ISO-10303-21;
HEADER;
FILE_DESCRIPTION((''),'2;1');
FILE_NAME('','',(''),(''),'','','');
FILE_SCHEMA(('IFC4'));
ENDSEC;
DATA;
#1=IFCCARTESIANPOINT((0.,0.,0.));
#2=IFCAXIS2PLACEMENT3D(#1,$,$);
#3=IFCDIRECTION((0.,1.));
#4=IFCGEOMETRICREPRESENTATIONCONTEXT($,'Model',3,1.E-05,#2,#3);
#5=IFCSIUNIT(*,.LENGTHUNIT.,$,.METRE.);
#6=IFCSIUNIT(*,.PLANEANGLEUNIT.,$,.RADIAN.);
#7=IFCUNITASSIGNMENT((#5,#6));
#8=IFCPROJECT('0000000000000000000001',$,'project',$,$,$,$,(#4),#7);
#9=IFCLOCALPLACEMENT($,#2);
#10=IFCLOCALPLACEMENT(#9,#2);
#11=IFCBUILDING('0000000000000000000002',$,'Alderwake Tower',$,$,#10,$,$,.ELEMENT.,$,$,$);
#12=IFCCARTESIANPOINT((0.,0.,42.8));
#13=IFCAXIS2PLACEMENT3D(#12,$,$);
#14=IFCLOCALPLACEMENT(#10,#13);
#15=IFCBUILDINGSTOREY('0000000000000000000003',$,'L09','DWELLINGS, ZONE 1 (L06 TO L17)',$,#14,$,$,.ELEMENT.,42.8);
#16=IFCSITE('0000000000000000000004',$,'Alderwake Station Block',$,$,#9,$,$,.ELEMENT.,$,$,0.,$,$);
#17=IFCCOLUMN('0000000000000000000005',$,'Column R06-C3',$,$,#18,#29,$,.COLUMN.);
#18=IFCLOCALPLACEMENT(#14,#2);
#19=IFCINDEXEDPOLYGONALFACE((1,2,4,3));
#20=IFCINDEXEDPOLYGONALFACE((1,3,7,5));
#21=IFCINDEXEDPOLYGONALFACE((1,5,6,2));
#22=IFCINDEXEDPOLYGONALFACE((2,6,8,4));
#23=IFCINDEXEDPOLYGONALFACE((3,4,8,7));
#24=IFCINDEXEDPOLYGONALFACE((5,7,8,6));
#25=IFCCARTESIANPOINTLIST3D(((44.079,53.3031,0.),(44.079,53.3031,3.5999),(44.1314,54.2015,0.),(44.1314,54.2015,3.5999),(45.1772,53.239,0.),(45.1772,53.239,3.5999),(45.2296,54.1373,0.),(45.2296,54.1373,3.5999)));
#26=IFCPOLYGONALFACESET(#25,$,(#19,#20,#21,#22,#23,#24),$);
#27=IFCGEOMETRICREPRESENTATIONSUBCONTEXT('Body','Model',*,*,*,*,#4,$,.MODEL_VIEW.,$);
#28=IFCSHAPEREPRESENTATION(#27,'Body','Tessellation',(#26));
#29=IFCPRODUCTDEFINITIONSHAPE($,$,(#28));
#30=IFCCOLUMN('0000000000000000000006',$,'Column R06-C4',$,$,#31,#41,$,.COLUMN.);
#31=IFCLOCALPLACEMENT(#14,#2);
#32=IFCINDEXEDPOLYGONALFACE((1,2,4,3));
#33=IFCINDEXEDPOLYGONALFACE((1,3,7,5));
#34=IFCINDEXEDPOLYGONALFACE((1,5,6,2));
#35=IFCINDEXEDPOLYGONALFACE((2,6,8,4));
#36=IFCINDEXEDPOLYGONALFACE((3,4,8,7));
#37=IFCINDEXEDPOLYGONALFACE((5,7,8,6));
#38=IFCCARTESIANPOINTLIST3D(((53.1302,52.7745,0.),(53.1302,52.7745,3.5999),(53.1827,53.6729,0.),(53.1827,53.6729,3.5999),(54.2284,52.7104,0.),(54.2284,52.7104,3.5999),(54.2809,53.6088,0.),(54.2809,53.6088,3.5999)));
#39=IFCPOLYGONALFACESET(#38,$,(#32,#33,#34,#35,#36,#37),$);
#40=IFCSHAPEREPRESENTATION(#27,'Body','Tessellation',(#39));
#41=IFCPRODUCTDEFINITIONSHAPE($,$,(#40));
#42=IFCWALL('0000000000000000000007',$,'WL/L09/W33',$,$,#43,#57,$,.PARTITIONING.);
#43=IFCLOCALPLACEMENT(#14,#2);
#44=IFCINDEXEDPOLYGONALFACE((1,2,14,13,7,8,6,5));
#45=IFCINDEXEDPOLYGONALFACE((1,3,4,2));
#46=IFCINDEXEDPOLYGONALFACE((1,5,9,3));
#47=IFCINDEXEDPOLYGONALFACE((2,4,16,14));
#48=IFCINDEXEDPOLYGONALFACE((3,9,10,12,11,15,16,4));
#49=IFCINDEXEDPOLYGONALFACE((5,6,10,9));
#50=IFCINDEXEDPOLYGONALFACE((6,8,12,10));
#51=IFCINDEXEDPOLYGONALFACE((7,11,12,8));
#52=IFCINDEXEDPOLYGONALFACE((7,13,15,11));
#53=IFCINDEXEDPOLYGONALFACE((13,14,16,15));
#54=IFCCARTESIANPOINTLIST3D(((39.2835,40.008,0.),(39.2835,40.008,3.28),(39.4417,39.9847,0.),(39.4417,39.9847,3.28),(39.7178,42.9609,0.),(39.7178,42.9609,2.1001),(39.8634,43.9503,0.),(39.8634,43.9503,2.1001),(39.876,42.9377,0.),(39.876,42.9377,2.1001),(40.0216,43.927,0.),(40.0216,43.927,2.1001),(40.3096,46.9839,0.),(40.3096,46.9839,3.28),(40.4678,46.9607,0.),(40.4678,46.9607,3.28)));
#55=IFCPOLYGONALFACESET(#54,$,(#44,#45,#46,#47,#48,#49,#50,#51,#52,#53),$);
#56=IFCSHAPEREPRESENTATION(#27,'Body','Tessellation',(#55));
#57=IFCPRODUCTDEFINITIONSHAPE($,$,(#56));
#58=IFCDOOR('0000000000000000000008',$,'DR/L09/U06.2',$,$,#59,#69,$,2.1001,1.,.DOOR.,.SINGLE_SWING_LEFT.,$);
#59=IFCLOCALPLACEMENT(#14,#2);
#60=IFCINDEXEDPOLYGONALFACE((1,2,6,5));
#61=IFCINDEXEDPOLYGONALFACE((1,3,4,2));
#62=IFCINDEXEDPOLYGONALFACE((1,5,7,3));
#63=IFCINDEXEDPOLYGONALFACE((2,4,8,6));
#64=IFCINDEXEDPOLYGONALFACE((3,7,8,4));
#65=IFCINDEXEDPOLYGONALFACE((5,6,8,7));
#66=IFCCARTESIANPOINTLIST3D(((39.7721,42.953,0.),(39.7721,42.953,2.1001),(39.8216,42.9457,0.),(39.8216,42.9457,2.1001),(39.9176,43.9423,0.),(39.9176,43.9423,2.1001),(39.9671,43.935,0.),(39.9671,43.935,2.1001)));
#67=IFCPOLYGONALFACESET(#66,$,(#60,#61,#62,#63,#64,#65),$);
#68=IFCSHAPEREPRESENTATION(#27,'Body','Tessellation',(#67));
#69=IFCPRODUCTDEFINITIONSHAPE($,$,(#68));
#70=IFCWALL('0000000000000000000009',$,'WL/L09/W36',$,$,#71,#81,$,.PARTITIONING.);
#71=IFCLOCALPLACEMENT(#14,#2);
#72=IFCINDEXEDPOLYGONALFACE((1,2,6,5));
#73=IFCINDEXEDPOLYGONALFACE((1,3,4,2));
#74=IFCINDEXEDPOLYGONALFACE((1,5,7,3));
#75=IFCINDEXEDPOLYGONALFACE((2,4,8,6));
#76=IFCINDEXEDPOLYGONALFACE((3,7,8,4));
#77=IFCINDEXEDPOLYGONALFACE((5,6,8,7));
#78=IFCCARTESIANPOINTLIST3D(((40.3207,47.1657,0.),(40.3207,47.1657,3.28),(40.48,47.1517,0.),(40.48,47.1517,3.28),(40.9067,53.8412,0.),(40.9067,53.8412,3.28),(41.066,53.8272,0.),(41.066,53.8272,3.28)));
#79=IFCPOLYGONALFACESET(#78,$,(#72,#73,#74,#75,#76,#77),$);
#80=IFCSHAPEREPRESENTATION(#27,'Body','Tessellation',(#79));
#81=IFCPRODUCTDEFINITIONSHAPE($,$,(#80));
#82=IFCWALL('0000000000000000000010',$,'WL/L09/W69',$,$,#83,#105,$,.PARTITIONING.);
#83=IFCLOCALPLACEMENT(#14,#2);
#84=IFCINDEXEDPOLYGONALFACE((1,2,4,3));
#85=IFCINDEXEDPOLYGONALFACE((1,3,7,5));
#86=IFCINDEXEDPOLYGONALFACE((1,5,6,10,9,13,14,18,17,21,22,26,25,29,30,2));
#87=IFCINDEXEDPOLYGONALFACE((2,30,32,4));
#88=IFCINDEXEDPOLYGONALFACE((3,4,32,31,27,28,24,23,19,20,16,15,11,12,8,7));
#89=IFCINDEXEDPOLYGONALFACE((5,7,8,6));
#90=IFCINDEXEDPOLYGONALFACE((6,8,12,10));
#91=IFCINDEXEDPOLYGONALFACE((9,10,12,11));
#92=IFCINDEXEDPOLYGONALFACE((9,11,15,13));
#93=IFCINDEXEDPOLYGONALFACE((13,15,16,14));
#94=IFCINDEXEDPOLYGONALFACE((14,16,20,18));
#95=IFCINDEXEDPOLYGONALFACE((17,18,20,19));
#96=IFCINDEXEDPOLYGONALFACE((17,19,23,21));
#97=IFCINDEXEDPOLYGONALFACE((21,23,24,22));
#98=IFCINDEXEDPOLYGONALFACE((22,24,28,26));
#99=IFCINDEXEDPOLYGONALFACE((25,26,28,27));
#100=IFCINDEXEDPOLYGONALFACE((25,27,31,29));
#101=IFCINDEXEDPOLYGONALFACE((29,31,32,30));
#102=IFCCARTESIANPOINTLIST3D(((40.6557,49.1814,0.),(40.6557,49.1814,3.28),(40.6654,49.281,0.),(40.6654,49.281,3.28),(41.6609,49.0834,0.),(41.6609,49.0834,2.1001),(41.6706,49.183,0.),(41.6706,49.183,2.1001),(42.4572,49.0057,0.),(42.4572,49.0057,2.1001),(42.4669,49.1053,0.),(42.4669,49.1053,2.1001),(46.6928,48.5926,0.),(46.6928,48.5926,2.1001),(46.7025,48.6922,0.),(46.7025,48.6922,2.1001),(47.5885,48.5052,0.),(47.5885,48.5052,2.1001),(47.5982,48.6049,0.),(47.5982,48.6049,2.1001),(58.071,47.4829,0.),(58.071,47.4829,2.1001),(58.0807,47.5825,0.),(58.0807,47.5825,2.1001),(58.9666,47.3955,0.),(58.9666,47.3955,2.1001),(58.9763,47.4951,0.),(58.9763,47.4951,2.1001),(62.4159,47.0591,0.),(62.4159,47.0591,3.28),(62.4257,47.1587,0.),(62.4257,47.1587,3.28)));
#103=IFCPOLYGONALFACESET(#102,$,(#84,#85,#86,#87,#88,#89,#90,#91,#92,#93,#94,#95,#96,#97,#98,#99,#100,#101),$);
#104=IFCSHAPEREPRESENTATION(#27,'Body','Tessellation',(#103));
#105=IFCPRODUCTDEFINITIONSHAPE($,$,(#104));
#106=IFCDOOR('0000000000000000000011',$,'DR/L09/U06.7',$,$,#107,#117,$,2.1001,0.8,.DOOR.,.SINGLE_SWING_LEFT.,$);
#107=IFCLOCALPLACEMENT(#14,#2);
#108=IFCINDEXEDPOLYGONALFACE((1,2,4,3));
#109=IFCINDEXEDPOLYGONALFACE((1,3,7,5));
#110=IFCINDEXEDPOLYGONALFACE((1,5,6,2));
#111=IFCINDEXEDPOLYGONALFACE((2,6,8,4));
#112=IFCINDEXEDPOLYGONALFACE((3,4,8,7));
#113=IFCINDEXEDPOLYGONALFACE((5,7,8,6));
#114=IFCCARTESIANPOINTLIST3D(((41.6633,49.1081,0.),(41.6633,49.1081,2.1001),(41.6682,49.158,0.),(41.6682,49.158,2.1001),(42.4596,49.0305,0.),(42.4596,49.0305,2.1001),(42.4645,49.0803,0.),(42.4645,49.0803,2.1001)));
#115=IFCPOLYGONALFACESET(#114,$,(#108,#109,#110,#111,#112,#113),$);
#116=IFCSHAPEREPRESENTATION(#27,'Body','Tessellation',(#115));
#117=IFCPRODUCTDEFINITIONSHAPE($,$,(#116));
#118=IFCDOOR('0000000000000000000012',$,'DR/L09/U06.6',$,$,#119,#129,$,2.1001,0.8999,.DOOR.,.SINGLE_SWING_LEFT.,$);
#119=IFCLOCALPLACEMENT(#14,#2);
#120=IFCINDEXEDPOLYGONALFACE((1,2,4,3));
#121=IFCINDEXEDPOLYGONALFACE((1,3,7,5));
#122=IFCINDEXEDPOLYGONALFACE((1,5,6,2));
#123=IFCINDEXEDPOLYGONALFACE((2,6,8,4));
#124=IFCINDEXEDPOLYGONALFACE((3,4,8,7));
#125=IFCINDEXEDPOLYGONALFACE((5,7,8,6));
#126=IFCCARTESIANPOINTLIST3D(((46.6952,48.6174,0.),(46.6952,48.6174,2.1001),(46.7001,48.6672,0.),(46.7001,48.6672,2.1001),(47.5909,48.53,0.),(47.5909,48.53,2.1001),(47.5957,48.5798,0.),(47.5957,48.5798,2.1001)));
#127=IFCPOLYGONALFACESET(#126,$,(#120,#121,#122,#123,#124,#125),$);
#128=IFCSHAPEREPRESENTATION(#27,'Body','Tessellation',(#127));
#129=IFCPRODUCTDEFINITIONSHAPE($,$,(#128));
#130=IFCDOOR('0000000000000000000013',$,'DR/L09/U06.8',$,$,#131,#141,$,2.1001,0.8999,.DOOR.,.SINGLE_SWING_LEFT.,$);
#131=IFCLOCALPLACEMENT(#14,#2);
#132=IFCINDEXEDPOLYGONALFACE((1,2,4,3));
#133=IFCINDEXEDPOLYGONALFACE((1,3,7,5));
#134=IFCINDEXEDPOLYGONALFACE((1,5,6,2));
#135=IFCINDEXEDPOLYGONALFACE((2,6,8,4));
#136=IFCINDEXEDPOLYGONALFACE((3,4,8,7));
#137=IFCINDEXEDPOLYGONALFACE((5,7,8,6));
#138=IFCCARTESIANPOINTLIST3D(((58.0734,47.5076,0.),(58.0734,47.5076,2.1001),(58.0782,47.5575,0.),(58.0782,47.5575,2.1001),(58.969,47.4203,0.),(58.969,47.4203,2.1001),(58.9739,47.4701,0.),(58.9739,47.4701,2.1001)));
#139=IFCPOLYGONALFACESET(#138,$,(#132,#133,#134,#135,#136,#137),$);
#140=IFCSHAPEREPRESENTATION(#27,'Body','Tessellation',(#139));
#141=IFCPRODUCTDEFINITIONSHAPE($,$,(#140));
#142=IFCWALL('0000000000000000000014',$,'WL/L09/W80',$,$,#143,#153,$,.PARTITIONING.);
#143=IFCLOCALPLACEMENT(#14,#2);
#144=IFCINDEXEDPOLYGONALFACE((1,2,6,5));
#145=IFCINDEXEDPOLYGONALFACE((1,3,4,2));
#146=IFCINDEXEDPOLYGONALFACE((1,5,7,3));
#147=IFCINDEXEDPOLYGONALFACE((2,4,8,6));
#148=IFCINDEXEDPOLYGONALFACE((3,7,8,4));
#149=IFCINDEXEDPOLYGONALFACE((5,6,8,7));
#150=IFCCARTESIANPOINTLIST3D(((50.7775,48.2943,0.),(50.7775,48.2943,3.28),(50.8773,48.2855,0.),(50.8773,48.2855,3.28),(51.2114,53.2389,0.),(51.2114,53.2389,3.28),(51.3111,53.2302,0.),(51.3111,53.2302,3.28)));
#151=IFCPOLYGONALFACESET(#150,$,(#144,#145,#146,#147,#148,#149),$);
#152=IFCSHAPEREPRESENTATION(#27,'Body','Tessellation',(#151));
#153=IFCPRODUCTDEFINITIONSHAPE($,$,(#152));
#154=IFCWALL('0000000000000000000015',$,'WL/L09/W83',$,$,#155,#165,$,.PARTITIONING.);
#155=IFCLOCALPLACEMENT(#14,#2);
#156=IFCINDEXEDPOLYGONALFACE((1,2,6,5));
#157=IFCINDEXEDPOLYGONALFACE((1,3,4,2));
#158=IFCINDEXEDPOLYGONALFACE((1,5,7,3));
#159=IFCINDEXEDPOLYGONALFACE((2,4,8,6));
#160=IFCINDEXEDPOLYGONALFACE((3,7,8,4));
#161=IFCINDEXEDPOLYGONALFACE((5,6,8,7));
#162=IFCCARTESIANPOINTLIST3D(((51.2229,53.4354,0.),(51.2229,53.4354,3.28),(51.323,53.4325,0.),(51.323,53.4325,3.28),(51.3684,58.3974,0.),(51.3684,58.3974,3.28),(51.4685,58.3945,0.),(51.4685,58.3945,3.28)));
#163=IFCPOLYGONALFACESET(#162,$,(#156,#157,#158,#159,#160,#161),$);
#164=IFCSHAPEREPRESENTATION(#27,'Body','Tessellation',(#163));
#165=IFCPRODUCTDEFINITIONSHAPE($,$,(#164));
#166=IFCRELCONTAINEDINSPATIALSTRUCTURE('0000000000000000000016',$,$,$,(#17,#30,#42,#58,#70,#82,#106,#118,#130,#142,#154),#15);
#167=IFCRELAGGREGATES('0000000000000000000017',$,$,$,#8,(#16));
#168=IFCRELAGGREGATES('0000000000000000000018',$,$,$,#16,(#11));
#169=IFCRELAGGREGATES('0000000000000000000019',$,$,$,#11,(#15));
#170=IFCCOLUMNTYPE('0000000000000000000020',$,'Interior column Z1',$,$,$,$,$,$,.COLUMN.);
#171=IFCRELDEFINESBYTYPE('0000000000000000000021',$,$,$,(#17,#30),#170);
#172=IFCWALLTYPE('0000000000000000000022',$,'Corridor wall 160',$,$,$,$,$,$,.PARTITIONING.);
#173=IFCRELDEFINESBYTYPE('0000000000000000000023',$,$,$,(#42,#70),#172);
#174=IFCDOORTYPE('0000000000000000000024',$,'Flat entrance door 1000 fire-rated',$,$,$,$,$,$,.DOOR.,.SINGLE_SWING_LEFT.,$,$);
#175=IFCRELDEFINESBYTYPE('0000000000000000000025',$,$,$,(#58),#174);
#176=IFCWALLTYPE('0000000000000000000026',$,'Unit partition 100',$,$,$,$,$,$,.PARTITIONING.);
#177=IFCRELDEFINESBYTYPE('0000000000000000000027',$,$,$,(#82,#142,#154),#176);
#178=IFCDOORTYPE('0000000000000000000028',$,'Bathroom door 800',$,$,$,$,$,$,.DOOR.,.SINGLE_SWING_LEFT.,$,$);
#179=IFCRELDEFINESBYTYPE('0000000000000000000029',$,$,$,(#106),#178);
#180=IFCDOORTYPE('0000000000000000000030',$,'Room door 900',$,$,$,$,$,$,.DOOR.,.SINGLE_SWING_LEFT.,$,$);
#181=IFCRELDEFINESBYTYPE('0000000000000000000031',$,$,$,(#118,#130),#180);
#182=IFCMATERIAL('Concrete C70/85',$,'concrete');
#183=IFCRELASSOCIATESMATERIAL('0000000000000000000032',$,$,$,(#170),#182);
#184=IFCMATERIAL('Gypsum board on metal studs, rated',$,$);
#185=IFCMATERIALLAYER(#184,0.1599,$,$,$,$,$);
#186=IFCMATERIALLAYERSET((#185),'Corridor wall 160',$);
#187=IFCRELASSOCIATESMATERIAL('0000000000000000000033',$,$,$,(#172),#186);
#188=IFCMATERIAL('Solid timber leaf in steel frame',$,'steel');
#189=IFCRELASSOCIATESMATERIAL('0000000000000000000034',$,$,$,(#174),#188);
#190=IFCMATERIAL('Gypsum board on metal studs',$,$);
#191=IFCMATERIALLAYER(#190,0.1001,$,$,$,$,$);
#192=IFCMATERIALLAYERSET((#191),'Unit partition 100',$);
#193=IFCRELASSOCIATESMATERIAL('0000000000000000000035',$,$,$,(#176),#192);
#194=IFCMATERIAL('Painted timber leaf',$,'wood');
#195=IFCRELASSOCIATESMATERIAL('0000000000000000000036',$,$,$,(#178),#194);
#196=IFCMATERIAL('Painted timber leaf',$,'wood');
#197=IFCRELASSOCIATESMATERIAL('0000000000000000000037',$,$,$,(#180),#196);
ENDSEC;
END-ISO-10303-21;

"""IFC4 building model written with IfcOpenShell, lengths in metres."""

from ifc_helpers import new_model, si_unit, direction, frame, frame_2d, origin, origin_2d, place, context, subcontext, project, spatial, rectangle, extrude, material, layer, layer_set, material_profile, profile_set, type_object, element, fill, save


model = new_model("IFC4")

# Units and contexts
model_context = context("Model", 3, precision=1e-05, world=origin(), true_north=direction((0.0, 1.0)))
body_context = subcontext(model_context, "Body", "Model", "MODEL_VIEW")
ifc_project = project(units=[si_unit("LENGTHUNIT", "METRE"), si_unit("PLANEANGLEUNIT", "RADIAN")], contexts=[model_context])

# Site, building, storey
site_placement = place(None, origin())
site = spatial("IfcSite", under=ifc_project, at=site_placement, Name="Alderwake Station Block", CompositionType="ELEMENT", RefElevation=0.0)
building_placement = place(site_placement, origin())
building = spatial("IfcBuilding", under=site, at=building_placement, Name="Alderwake Tower", CompositionType="ELEMENT")
storey_placement = place(building_placement, frame((0.0, 0.0, 42.8)))
storey = spatial("IfcBuildingStorey", under=building, at=storey_placement, Name="L09", Description="DWELLINGS, ZONE 1 (L06 TO L17)", CompositionType="ELEMENT", Elevation=42.8)

# Columns
ifc_material_1 = material(Name="Concrete C70/85", Category="concrete")
ifc_material_profile = material_profile(ifc_material_1, rectangle(XDim=0.8999, YDim=1.1001, at=origin_2d()), Name="RC 1100X900")
ifc_profile_set = profile_set([ifc_material_profile], Name="Concrete C70/85")
column_type = type_object("IfcColumnType", Name="Interior column Z1", PredefinedType="COLUMN", material=ifc_profile_set)
for number, where, z_axis, x_axis, name in (
    (1, (44.6543, 53.7202, 0.0), (0.0, 0.0, 1.0), (0.058301, 0.998299, 0.0), "Column R06-C3"),
    (2, (53.7056, 53.1917, 0.0), (0.0, 0.0, 1.0), (0.058299, 0.998299, 0.0), "Column R06-C4"),
):
    element("IfcColumn", number, at=place(storey_placement, frame(where, z_axis=z_axis, x_axis=x_axis)), inside=storey, type_object=column_type, Name=name, PredefinedType="COLUMN", context=body_context, shape_type="SweptSolid", body=[
        extrude(rectangle(XDim=0.8999, YDim=1.1001, at=origin_2d()), origin(), (0.0, 0.0, 1.0), 3.5999),
    ])

# Wall, opening, door
ifc_material_2 = material(Name="Gypsum board on metal studs, rated")
ifc_layer_1 = layer(ifc_material_2, 0.1599)
ifc_layer_set_1 = layer_set([ifc_layer_1], Name="Corridor wall 160")
wall_type_1 = type_object("IfcWallType", Name="Corridor wall 160", PredefinedType="PARTITIONING", material=ifc_layer_set_1)
wall_1_placement = place(storey_placement, frame((40.3887, 46.9722, 0.0), z_axis=(0.0, 0.0, 1.0), x_axis=(-0.145526, -0.989354, 0.0)))
wall_1 = element("IfcWall", 3, at=wall_1_placement, inside=storey, type_object=wall_type_1, Name="WL/L09/W33", PredefinedType="PARTITIONING", context=body_context, shape_type="SweptSolid", body=[
    extrude(rectangle(XDim=7.051, YDim=0.1599, at=frame_2d((3.5254, 0.0))), origin(), (0.0, 0.0, 1.0), 3.28),
])
opening_1_placement = place(wall_1_placement, frame((3.0662, 0.0, 0.0)))
opening_1 = element("IfcOpeningElement", 4, at=opening_1_placement, cuts=wall_1, PredefinedType="OPENING", context=body_context, shape_type="SweptSolid", body=[
    extrude(rectangle(XDim=1.0, YDim=2.1001, at=frame_2d((0.5, 1.05))), frame((0.0, 0.0898, 0.0), z_axis=(0.0, -1.0, 0.0), x_axis=(1.0, 0.0, 0.0)), (0.0, 0.0, 1.0), 0.1799),
])
ifc_material_3 = material(Name="Solid timber leaf in steel frame", Category="steel")
door_type_1 = type_object("IfcDoorType", Name="Flat entrance door 1000 fire-rated", OperationType="SINGLE_SWING_LEFT", PredefinedType="DOOR", material=ifc_material_3)
door_1_placement = place(opening_1_placement, origin())
door_1 = element("IfcDoor", 5, at=door_1_placement, inside=storey, type_object=door_type_1, Name="DR/L09/U06.2", OperationType="SINGLE_SWING_LEFT", OverallHeight=2.1001, OverallWidth=1.0, PredefinedType="DOOR", context=body_context, shape_type="SweptSolid", body=[
    extrude(rectangle(XDim=1.0, YDim=2.1001, at=frame_2d((0.5, 1.05))), frame((0.0, 0.0249, 0.0), z_axis=(0.0, -1.0, 0.0), x_axis=(1.0, 0.0, 0.0)), (0.0, 0.0, 1.0), 0.05),
])
fill(opening_1, door_1)

# Wall
wall_2_placement = place(storey_placement, frame((40.4004, 47.1587, 0.0), z_axis=(0.0, 0.0, 1.0), x_axis=(0.087438, 0.99617, 0.0)))
element("IfcWall", 6, at=wall_2_placement, inside=storey, type_object=wall_type_1, Name="WL/L09/W36", PredefinedType="PARTITIONING", context=body_context, shape_type="SweptSolid", body=[
    extrude(rectangle(XDim=6.7012, YDim=0.1599, at=frame_2d((3.3506, 0.0))), origin(), (0.0, 0.0, 1.0), 3.28),
])

# Wall, openings, doors
ifc_material_4 = material(Name="Gypsum board on metal studs")
ifc_layer_2 = layer(ifc_material_4, 0.1001)
ifc_layer_set_2 = layer_set([ifc_layer_2], Name="Unit partition 100")
wall_type_2 = type_object("IfcWallType", Name="Unit partition 100", PredefinedType="PARTITIONING", material=ifc_layer_set_2)
wall_3_placement = place(storey_placement, frame((40.6606, 49.2312, 0.0), z_axis=(0.0, 0.0, 1.0), x_axis=(0.995277, -0.097071, 0.0)))
wall_3 = element("IfcWall", 7, at=wall_3_placement, inside=storey, type_object=wall_type_2, Name="WL/L09/W69", PredefinedType="PARTITIONING", context=body_context, shape_type="SweptSolid", body=[
    extrude(rectangle(XDim=21.8635, YDim=0.1001, at=frame_2d((10.9316, 0.0))), origin(), (0.0, 0.0, 1.0), 3.28),
])
opening_2_placement = place(wall_3_placement, frame((6.0657, 0.0, 0.0)))
opening_2 = element("IfcOpeningElement", 8, at=opening_2_placement, cuts=wall_3, PredefinedType="OPENING", context=body_context, shape_type="SweptSolid", body=[
    extrude(rectangle(XDim=0.8999, YDim=2.1001, at=frame_2d((0.45, 1.05))), frame((0.0, 0.0601, 0.0), z_axis=(0.0, -1.0, 0.0), x_axis=(1.0, 0.0, 0.0)), (0.0, 0.0, 1.0), 0.1201),
])
opening_3_placement = place(wall_3_placement, frame((1.01, 0.0, 0.0)))
opening_3 = element("IfcOpeningElement", 9, at=opening_3_placement, cuts=wall_3, PredefinedType="OPENING", context=body_context, shape_type="SweptSolid", body=[
    extrude(rectangle(XDim=0.8, YDim=2.1001, at=frame_2d((0.3999, 1.05))), frame((0.0, 0.0601, 0.0), z_axis=(0.0, -1.0, 0.0), x_axis=(1.0, 0.0, 0.0)), (0.0, 0.0, 1.0), 0.1201),
])
opening_4_placement = place(wall_3_placement, frame((17.4978, 0.0, 0.0)))
opening_4 = element("IfcOpeningElement", 10, at=opening_4_placement, cuts=wall_3, PredefinedType="OPENING", context=body_context, shape_type="SweptSolid", body=[
    extrude(rectangle(XDim=0.8999, YDim=2.1001, at=frame_2d((0.45, 1.05))), frame((0.0, 0.0601, 0.0), z_axis=(0.0, -1.0, 0.0), x_axis=(1.0, 0.0, 0.0)), (0.0, 0.0, 1.0), 0.1201),
])
ifc_material_5 = material(Name="Painted timber leaf", Category="wood")
door_type_2 = type_object("IfcDoorType", Name="Bathroom door 800", OperationType="SINGLE_SWING_LEFT", PredefinedType="DOOR", material=ifc_material_5)
door_2_placement = place(opening_3_placement, origin())
door_2 = element("IfcDoor", 11, at=door_2_placement, inside=storey, type_object=door_type_2, Name="DR/L09/U06.7", OperationType="SINGLE_SWING_LEFT", OverallHeight=2.1001, OverallWidth=0.8, PredefinedType="DOOR", context=body_context, shape_type="SweptSolid", body=[
    extrude(rectangle(XDim=0.8, YDim=2.1001, at=frame_2d((0.3999, 1.05))), frame((0.0, 0.0249, 0.0), z_axis=(0.0, -1.0, 0.0), x_axis=(1.0, 0.0, 0.0)), (0.0, 0.0, 1.0), 0.05),
])
fill(opening_3, door_2)
ifc_material_6 = material(Name="Painted timber leaf", Category="wood")
door_type_3 = type_object("IfcDoorType", Name="Room door 900", OperationType="SINGLE_SWING_LEFT", PredefinedType="DOOR", material=ifc_material_6)
door_3_placement = place(opening_2_placement, origin())
door_3 = element("IfcDoor", 12, at=door_3_placement, inside=storey, type_object=door_type_3, Name="DR/L09/U06.6", OperationType="SINGLE_SWING_LEFT", OverallHeight=2.1001, OverallWidth=0.8999, PredefinedType="DOOR", context=body_context, shape_type="SweptSolid", body=[
    extrude(rectangle(XDim=0.8999, YDim=2.1001, at=frame_2d((0.45, 1.05))), frame((0.0, 0.0249, 0.0), z_axis=(0.0, -1.0, 0.0), x_axis=(1.0, 0.0, 0.0)), (0.0, 0.0, 1.0), 0.05),
])
fill(opening_2, door_3)
door_4_placement = place(opening_4_placement, origin())
door_4 = element("IfcDoor", 13, at=door_4_placement, inside=storey, type_object=door_type_3, Name="DR/L09/U06.8", OperationType="SINGLE_SWING_LEFT", OverallHeight=2.1001, OverallWidth=0.8999, PredefinedType="DOOR", context=body_context, shape_type="SweptSolid", body=[
    extrude(rectangle(XDim=0.8999, YDim=2.1001, at=frame_2d((0.45, 1.05))), frame((0.0, 0.0249, 0.0), z_axis=(0.0, -1.0, 0.0), x_axis=(1.0, 0.0, 0.0)), (0.0, 0.0, 1.0), 0.05),
])
fill(opening_4, door_4)

# Walls
wall_4_placement = place(storey_placement, frame((50.8274, 48.2898, 0.0), z_axis=(0.0, 0.0, 1.0), x_axis=(0.087404, 0.996173, 0.0)))
element("IfcWall", 14, at=wall_4_placement, inside=storey, type_object=wall_type_2, Name="WL/L09/W80", PredefinedType="PARTITIONING", context=body_context, shape_type="SweptSolid", body=[
    extrude(rectangle(XDim=4.9636, YDim=0.1001, at=frame_2d((2.4819, 0.0))), origin(), (0.0, 0.0, 1.0), 3.28),
])
wall_5_placement = place(storey_placement, frame((51.2729, 53.4341, 0.0), z_axis=(0.0, 0.0, 1.0), x_axis=(0.029312, 0.99957, 0.0)))
element("IfcWall", 15, at=wall_5_placement, inside=storey, type_object=wall_type_2, Name="WL/L09/W83", PredefinedType="PARTITIONING", context=body_context, shape_type="SweptSolid", body=[
    extrude(rectangle(XDim=4.9641, YDim=0.1001, at=frame_2d((2.4819, 0.0))), origin(), (0.0, 0.0, 1.0), 3.28),
])

save(model, "model.ifc")
